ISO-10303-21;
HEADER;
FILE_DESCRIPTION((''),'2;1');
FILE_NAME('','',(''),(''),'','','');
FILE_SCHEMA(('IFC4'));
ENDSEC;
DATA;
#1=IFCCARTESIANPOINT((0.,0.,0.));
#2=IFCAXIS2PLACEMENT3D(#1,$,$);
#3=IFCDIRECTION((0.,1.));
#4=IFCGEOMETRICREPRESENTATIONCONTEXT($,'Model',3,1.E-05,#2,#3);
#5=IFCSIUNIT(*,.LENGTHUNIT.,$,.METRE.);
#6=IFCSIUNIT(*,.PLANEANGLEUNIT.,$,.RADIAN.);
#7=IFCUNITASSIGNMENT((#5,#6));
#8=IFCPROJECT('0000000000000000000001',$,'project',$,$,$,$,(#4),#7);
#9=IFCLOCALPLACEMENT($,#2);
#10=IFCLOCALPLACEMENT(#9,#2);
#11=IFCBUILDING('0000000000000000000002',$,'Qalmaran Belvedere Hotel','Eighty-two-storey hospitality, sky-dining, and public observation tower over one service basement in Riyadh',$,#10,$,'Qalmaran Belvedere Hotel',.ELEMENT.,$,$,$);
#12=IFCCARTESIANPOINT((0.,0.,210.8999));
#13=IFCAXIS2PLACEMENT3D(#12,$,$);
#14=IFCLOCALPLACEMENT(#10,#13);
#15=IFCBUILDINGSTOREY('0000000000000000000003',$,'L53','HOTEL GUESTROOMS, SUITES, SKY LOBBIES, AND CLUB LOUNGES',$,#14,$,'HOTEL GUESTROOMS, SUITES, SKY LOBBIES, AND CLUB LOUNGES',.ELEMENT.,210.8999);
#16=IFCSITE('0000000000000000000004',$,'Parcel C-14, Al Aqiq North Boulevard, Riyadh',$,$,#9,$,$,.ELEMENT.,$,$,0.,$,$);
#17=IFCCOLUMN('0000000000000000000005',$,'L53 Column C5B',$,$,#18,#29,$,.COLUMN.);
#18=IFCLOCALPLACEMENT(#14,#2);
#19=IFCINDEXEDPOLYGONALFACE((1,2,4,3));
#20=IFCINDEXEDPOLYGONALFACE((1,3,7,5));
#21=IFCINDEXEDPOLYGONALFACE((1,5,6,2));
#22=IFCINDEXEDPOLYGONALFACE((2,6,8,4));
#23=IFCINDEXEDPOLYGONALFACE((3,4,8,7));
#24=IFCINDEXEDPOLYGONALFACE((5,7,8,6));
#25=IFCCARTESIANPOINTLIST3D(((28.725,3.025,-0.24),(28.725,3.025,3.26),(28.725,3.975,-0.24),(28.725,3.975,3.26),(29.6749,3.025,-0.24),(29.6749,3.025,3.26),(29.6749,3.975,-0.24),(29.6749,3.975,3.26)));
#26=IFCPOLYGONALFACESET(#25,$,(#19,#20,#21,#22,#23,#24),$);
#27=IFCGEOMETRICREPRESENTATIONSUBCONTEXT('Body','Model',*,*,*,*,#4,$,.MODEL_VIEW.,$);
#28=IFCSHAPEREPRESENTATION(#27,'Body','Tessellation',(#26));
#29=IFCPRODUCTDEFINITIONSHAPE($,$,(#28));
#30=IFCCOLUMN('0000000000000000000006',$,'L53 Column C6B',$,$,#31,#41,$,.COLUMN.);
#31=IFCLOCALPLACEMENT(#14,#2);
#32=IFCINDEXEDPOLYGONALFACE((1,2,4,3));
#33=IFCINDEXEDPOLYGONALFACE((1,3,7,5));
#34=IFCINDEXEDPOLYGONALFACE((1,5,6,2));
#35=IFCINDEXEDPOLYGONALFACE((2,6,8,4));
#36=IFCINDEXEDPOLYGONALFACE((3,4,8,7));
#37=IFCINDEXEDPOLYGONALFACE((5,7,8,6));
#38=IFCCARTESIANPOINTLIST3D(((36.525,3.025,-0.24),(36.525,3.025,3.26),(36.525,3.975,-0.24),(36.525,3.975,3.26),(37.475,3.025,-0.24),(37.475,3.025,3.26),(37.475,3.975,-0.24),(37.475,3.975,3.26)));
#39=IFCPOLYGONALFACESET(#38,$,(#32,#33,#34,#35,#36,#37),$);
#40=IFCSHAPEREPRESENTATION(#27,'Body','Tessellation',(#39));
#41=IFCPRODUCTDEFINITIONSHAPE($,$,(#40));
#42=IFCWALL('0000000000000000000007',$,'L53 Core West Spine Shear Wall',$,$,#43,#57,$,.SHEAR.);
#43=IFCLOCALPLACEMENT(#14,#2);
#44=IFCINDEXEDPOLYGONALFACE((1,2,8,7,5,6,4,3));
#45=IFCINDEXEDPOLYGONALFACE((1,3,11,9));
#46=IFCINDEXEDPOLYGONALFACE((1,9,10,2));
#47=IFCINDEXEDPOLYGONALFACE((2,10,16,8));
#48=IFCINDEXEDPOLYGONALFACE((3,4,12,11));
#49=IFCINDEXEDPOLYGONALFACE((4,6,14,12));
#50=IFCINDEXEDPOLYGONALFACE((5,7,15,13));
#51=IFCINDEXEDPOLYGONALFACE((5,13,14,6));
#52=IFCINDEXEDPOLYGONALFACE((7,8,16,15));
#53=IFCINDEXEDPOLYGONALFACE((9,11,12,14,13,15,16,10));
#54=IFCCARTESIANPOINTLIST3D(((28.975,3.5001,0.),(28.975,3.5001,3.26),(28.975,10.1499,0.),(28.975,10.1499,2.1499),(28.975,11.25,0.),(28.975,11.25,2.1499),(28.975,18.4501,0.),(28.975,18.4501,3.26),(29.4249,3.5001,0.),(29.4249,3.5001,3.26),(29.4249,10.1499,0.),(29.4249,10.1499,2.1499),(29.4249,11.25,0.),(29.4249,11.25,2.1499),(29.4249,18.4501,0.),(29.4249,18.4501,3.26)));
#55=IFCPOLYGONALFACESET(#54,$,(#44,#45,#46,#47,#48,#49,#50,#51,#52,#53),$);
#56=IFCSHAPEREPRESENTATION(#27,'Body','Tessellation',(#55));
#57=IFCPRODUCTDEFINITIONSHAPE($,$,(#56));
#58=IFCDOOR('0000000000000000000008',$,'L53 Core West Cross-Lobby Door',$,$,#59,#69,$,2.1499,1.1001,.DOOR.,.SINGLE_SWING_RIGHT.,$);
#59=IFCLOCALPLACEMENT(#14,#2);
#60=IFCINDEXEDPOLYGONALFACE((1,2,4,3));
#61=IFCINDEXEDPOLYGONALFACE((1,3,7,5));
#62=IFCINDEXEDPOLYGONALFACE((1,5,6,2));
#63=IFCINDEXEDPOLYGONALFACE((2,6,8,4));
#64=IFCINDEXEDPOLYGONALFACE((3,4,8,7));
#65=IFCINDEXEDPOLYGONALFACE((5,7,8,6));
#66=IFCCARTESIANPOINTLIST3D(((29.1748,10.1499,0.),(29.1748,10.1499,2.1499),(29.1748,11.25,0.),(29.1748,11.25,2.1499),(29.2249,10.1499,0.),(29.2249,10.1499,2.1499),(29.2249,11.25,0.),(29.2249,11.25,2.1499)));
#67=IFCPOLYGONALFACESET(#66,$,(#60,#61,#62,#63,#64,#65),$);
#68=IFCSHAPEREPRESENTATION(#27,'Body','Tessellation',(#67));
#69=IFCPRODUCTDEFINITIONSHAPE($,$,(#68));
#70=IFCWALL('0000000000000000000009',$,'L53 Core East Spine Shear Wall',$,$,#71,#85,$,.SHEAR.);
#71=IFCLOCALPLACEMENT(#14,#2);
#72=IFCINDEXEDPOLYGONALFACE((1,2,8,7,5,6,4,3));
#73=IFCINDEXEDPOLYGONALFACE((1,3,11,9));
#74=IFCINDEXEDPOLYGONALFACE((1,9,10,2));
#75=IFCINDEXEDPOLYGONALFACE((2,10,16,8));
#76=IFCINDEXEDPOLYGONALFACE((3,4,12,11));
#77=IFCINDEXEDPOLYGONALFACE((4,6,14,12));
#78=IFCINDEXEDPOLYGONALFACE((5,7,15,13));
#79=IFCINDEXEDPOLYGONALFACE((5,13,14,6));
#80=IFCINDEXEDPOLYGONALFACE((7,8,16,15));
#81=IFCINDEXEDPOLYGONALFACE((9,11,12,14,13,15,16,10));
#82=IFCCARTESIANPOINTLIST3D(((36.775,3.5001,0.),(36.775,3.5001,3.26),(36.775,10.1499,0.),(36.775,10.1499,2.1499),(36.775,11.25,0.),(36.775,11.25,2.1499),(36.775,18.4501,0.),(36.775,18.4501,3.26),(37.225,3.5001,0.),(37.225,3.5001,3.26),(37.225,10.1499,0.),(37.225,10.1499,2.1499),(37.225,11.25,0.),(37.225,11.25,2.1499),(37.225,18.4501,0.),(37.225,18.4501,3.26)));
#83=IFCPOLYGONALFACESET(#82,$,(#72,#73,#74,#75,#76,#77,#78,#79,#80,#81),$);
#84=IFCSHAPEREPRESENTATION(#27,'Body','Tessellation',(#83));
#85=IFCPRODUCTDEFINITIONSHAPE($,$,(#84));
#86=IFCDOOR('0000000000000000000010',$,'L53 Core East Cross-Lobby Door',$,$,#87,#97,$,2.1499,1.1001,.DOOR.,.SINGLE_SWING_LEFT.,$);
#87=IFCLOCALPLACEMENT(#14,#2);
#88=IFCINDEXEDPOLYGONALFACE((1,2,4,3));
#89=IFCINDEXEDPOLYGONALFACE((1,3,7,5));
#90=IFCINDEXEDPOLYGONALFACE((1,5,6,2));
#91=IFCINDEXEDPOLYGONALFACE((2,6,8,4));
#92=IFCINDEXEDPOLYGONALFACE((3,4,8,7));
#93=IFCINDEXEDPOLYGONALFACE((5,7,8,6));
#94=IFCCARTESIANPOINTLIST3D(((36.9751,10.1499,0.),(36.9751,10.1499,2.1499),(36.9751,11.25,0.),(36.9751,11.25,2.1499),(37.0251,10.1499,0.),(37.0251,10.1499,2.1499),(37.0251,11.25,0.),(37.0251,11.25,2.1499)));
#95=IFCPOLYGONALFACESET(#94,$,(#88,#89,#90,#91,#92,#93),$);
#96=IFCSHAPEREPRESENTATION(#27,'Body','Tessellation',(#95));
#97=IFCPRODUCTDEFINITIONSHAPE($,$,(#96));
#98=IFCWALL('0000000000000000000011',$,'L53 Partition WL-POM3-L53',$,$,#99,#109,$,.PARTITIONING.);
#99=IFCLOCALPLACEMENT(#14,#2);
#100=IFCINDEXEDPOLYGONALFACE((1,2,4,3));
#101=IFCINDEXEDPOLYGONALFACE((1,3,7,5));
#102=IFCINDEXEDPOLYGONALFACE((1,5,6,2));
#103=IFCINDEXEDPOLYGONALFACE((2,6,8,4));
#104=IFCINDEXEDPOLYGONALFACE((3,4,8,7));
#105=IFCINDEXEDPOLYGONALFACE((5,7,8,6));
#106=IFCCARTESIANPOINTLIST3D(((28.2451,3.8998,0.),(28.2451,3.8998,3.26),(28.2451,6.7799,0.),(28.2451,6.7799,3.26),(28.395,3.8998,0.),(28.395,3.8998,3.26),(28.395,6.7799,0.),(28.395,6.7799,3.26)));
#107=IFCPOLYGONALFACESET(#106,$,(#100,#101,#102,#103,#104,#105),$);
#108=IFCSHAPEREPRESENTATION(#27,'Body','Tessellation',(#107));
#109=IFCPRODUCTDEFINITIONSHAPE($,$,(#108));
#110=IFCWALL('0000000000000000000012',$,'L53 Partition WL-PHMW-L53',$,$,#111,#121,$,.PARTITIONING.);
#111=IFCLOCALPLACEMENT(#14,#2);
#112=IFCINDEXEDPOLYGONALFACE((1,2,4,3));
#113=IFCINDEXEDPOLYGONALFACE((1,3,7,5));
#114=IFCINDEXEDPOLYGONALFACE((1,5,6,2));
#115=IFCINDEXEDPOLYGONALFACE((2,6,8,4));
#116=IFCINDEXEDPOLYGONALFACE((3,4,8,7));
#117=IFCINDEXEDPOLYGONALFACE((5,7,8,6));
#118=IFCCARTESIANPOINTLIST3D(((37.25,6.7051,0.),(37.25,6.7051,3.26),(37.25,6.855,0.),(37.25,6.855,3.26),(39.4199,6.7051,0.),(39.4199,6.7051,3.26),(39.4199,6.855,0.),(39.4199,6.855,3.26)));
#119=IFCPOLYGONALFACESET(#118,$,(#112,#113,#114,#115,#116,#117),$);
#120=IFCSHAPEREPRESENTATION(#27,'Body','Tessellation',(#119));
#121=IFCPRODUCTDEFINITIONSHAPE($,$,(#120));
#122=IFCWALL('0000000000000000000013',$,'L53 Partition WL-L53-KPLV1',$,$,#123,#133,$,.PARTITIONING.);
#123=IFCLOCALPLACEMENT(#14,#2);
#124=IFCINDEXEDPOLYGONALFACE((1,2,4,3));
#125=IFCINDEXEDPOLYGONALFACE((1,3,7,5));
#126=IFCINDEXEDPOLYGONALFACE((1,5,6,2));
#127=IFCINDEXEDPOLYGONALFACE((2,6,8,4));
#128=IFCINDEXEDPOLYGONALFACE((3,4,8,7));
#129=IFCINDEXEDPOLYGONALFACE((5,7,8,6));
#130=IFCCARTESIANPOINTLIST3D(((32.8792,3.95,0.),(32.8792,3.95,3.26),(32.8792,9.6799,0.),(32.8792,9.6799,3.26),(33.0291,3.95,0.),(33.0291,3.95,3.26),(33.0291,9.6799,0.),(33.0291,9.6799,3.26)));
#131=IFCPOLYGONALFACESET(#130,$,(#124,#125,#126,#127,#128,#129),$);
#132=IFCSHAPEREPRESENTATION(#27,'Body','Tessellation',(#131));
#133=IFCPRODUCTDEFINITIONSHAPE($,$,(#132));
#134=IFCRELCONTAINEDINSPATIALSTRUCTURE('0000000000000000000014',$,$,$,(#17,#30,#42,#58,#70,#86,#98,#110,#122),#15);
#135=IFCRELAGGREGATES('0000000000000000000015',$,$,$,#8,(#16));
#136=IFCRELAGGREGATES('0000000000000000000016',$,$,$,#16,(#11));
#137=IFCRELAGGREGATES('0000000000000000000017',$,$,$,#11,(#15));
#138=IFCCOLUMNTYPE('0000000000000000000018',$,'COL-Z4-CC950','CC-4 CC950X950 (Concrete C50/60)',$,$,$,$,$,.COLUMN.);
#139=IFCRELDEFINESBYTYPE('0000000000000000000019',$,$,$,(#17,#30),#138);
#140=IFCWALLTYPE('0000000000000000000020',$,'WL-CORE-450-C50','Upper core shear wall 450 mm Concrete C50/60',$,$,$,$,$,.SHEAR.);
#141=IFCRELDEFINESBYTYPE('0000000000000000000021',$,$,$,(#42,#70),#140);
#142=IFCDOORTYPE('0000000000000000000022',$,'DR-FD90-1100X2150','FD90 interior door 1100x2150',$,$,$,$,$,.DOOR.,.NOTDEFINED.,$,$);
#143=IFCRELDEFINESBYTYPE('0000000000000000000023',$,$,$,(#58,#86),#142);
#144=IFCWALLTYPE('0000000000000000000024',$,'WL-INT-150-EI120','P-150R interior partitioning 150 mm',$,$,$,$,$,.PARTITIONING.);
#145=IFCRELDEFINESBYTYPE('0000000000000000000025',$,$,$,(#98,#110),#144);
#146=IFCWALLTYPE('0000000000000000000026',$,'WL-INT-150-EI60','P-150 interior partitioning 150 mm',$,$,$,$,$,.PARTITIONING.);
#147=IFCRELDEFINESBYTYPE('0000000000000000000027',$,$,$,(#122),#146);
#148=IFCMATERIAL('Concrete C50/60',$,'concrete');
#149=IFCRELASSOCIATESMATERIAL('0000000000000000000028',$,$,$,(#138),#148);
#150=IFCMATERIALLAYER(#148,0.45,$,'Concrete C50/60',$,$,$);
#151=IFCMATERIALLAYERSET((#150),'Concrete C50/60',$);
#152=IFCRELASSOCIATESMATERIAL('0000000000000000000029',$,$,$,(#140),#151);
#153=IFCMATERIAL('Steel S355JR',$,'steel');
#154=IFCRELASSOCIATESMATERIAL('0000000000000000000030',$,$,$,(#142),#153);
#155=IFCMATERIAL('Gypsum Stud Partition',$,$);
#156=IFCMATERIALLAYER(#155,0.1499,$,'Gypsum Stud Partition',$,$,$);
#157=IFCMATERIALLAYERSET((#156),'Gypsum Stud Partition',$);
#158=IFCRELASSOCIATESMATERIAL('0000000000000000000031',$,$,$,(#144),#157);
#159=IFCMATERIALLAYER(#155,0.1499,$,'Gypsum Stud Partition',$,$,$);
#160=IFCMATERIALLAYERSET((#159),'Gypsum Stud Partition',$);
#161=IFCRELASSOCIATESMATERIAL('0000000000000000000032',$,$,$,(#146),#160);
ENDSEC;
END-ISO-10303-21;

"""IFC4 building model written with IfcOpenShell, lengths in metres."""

from ifc_helpers import new_model, si_unit, direction, frame, frame_2d, origin, origin_2d, place, context, subcontext, project, spatial, rectangle, extrude, material, layer, layer_set, material_profile, profile_set, type_object, element, fill, save


model = new_model("IFC4")

# Units and contexts
model_context = context("Model", 3, precision=1e-05, world=origin(), true_north=direction((0.0, 1.0)))
body_context = subcontext(model_context, "Body", "Model", "MODEL_VIEW")
ifc_project = project(units=[si_unit("LENGTHUNIT", "METRE"), si_unit("PLANEANGLEUNIT", "RADIAN")], contexts=[model_context])

# Site, building, storey
site_placement = place(None, origin())
site = spatial("IfcSite", under=ifc_project, at=site_placement, Name="Parcel C-14, Al Aqiq North Boulevard, Riyadh", CompositionType="ELEMENT", RefElevation=0.0)
building_placement = place(site_placement, origin())
building = spatial("IfcBuilding", under=site, at=building_placement, Name="Qalmaran Belvedere Hotel", Description="Eighty-two-storey hospitality, sky-dining, and public observation tower over one service basement in Riyadh", LongName="Qalmaran Belvedere Hotel", CompositionType="ELEMENT")
storey_placement = place(building_placement, frame((0.0, 0.0, 210.8999)))
storey = spatial("IfcBuildingStorey", under=building, at=storey_placement, Name="L53", Description="HOTEL GUESTROOMS, SUITES, SKY LOBBIES, AND CLUB LOUNGES", LongName="HOTEL GUESTROOMS, SUITES, SKY LOBBIES, AND CLUB LOUNGES", CompositionType="ELEMENT", Elevation=210.8999)

# Columns
ifc_material_1 = material(Name="Concrete C50/60", Category="concrete")
ifc_material_profile = material_profile(ifc_material_1, rectangle(XDim=0.95, YDim=0.95, at=origin_2d()), Name="CC950X950")
ifc_profile_set = profile_set([ifc_material_profile], Name="Concrete C50/60")
column_type = type_object("IfcColumnType", Name="COL-Z4-CC950", Description="CC-4 CC950X950 (Concrete C50/60)", PredefinedType="COLUMN", material=ifc_profile_set)
for number, where, z_axis, x_axis, name in (
    (1, (29.2, 3.5, -0.24), (0.0, 0.0, 1.0), (1.0, 0.0, 0.0), "L53 Column C5B"),
    (2, (37.0, 3.5, -0.24), (0.0, 0.0, 1.0), (1.0, 0.0, 0.0), "L53 Column C6B"),
):
    element("IfcColumn", number, at=place(storey_placement, frame(where, z_axis=z_axis, x_axis=x_axis)), inside=storey, type_object=column_type, Name=name, PredefinedType="COLUMN", context=body_context, shape_type="SweptSolid", body=[
        extrude(rectangle(XDim=0.95, YDim=0.95, at=origin_2d()), origin(), (0.0, 0.0, 1.0), 3.5),
    ])

# Walls, openings, doors
ifc_layer_1 = layer(ifc_material_1, 0.45, Name="Concrete C50/60")
ifc_layer_set_1 = layer_set([ifc_layer_1], Name="Concrete C50/60")
wall_type_1 = type_object("IfcWallType", Name="WL-CORE-450-C50", Description="Upper core shear wall 450 mm Concrete C50/60", PredefinedType="SHEAR", material=ifc_layer_set_1)
wall_1_placement = place(storey_placement, frame((29.2, 3.5, 0.0), z_axis=(0.0, 0.0, 1.0), x_axis=(0.0, 1.0, 0.0)))
wall_1 = element("IfcWall", 3, at=wall_1_placement, inside=storey, type_object=wall_type_1, Name="L53 Core West Spine Shear Wall", PredefinedType="SHEAR", context=body_context, shape_type="SweptSolid", body=[
    extrude(rectangle(XDim=14.95, YDim=0.45, at=frame_2d((7.4751, 0.0))), origin(), (0.0, 0.0, 1.0), 3.26),
])
opening_1_placement = place(wall_1_placement, frame((7.75, 0.0, 0.0), z_axis=(0.0, 0.0, 1.0), x_axis=(-1.0, 0.0, 0.0)))
opening_1 = element("IfcOpeningElement", 4, at=opening_1_placement, cuts=wall_1, PredefinedType="OPENING", context=body_context, shape_type="SweptSolid", body=[
    extrude(rectangle(XDim=1.1001, YDim=2.1499, at=frame_2d((0.55, 1.075))), frame((0.0, 0.2349, 0.0), z_axis=(0.0, -1.0, 0.0), x_axis=(1.0, 0.0, 0.0)), (0.0, 0.0, 1.0), 0.47),
])
ifc_material_2 = material(Name="Steel S355JR", Category="steel")
door_type_1 = type_object("IfcDoorType", Name="DR-FD90-1100X2150", Description="FD90 interior door 1100x2150", OperationType="NOTDEFINED", PredefinedType="DOOR", material=ifc_material_2)
door_1_placement = place(opening_1_placement, origin())
door_1 = element("IfcDoor", 5, at=door_1_placement, inside=storey, type_object=door_type_1, Name="L53 Core West Cross-Lobby Door", OperationType="SINGLE_SWING_RIGHT", OverallHeight=2.1499, OverallWidth=1.1001, PredefinedType="DOOR", context=body_context, shape_type="SweptSolid", body=[
    extrude(rectangle(XDim=1.1001, YDim=2.1499, at=frame_2d((0.55, 1.075))), frame((0.0, 0.0249, 0.0), z_axis=(0.0, -1.0, 0.0), x_axis=(1.0, 0.0, 0.0)), (0.0, 0.0, 1.0), 0.05),
])
fill(opening_1, door_1)
wall_2_placement = place(storey_placement, frame((37.0, 3.5, 0.0), z_axis=(0.0, 0.0, 1.0), x_axis=(0.0, 1.0, 0.0)))
wall_2 = element("IfcWall", 6, at=wall_2_placement, inside=storey, type_object=wall_type_1, Name="L53 Core East Spine Shear Wall", PredefinedType="SHEAR", context=body_context, shape_type="SweptSolid", body=[
    extrude(rectangle(XDim=14.95, YDim=0.45, at=frame_2d((7.4751, 0.0))), origin(), (0.0, 0.0, 1.0), 3.26),
])
opening_2_placement = place(wall_2_placement, frame((6.6499, 0.0, 0.0)))
opening_2 = element("IfcOpeningElement", 7, at=opening_2_placement, cuts=wall_2, PredefinedType="OPENING", context=body_context, shape_type="SweptSolid", body=[
    extrude(rectangle(XDim=1.1001, YDim=2.1499, at=frame_2d((0.55, 1.075))), frame((0.0, 0.2349, 0.0), z_axis=(0.0, -1.0, 0.0), x_axis=(1.0, 0.0, 0.0)), (0.0, 0.0, 1.0), 0.47),
])
door_2_placement = place(opening_2_placement, origin())
door_2 = element("IfcDoor", 8, at=door_2_placement, inside=storey, type_object=door_type_1, Name="L53 Core East Cross-Lobby Door", OperationType="SINGLE_SWING_LEFT", OverallHeight=2.1499, OverallWidth=1.1001, PredefinedType="DOOR", context=body_context, shape_type="SweptSolid", body=[
    extrude(rectangle(XDim=1.1001, YDim=2.1499, at=frame_2d((0.55, 1.075))), frame((0.0, 0.0249, 0.0), z_axis=(0.0, -1.0, 0.0), x_axis=(1.0, 0.0, 0.0)), (0.0, 0.0, 1.0), 0.05),
])
fill(opening_2, door_2)

# Walls
ifc_material_3 = material(Name="Gypsum Stud Partition")
ifc_layer_2 = layer(ifc_material_3, 0.1499, Name="Gypsum Stud Partition")
ifc_layer_set_2 = layer_set([ifc_layer_2], Name="Gypsum Stud Partition")
wall_type_2 = type_object("IfcWallType", Name="WL-INT-150-EI120", Description="P-150R interior partitioning 150 mm", PredefinedType="PARTITIONING", material=ifc_layer_set_2)
wall_3_placement = place(storey_placement, frame((28.3201, 3.8999, 0.0), z_axis=(0.0, 0.0, 1.0), x_axis=(0.0, 1.0, 0.0)))
element("IfcWall", 9, at=wall_3_placement, inside=storey, type_object=wall_type_2, Name="L53 Partition WL-POM3-L53", PredefinedType="PARTITIONING", context=body_context, shape_type="SweptSolid", body=[
    extrude(rectangle(XDim=2.8801, YDim=0.1499, at=frame_2d((1.4399, 0.0))), origin(), (0.0, 0.0, 1.0), 3.26),
])
wall_4_placement = place(storey_placement, frame((37.25, 6.78, 0.0), z_axis=(0.0, 0.0, 1.0), x_axis=(1.0, 0.0, 0.0)))
element("IfcWall", 10, at=wall_4_placement, inside=storey, type_object=wall_type_2, Name="L53 Partition WL-PHMW-L53", PredefinedType="PARTITIONING", context=body_context, shape_type="SweptSolid", body=[
    extrude(rectangle(XDim=2.1699, YDim=0.1499, at=frame_2d((1.085, 0.0))), origin(), (0.0, 0.0, 1.0), 3.26),
])
ifc_layer_3 = layer(ifc_material_3, 0.1499, Name="Gypsum Stud Partition")
ifc_layer_set_3 = layer_set([ifc_layer_3], Name="Gypsum Stud Partition")
wall_type_3 = type_object("IfcWallType", Name="WL-INT-150-EI60", Description="P-150 interior partitioning 150 mm", PredefinedType="PARTITIONING", material=ifc_layer_set_3)
wall_5_placement = place(storey_placement, frame((32.9541, 3.95, 0.0), z_axis=(0.0, 0.0, 1.0), x_axis=(0.0, 1.0, 0.0)))
element("IfcWall", 11, at=wall_5_placement, inside=storey, type_object=wall_type_3, Name="L53 Partition WL-L53-KPLV1", PredefinedType="PARTITIONING", context=body_context, shape_type="SweptSolid", body=[
    extrude(rectangle(XDim=5.73, YDim=0.1499, at=frame_2d((2.865, 0.0))), origin(), (0.0, 0.0, 1.0), 3.26),
])

save(model, "model.ifc")
